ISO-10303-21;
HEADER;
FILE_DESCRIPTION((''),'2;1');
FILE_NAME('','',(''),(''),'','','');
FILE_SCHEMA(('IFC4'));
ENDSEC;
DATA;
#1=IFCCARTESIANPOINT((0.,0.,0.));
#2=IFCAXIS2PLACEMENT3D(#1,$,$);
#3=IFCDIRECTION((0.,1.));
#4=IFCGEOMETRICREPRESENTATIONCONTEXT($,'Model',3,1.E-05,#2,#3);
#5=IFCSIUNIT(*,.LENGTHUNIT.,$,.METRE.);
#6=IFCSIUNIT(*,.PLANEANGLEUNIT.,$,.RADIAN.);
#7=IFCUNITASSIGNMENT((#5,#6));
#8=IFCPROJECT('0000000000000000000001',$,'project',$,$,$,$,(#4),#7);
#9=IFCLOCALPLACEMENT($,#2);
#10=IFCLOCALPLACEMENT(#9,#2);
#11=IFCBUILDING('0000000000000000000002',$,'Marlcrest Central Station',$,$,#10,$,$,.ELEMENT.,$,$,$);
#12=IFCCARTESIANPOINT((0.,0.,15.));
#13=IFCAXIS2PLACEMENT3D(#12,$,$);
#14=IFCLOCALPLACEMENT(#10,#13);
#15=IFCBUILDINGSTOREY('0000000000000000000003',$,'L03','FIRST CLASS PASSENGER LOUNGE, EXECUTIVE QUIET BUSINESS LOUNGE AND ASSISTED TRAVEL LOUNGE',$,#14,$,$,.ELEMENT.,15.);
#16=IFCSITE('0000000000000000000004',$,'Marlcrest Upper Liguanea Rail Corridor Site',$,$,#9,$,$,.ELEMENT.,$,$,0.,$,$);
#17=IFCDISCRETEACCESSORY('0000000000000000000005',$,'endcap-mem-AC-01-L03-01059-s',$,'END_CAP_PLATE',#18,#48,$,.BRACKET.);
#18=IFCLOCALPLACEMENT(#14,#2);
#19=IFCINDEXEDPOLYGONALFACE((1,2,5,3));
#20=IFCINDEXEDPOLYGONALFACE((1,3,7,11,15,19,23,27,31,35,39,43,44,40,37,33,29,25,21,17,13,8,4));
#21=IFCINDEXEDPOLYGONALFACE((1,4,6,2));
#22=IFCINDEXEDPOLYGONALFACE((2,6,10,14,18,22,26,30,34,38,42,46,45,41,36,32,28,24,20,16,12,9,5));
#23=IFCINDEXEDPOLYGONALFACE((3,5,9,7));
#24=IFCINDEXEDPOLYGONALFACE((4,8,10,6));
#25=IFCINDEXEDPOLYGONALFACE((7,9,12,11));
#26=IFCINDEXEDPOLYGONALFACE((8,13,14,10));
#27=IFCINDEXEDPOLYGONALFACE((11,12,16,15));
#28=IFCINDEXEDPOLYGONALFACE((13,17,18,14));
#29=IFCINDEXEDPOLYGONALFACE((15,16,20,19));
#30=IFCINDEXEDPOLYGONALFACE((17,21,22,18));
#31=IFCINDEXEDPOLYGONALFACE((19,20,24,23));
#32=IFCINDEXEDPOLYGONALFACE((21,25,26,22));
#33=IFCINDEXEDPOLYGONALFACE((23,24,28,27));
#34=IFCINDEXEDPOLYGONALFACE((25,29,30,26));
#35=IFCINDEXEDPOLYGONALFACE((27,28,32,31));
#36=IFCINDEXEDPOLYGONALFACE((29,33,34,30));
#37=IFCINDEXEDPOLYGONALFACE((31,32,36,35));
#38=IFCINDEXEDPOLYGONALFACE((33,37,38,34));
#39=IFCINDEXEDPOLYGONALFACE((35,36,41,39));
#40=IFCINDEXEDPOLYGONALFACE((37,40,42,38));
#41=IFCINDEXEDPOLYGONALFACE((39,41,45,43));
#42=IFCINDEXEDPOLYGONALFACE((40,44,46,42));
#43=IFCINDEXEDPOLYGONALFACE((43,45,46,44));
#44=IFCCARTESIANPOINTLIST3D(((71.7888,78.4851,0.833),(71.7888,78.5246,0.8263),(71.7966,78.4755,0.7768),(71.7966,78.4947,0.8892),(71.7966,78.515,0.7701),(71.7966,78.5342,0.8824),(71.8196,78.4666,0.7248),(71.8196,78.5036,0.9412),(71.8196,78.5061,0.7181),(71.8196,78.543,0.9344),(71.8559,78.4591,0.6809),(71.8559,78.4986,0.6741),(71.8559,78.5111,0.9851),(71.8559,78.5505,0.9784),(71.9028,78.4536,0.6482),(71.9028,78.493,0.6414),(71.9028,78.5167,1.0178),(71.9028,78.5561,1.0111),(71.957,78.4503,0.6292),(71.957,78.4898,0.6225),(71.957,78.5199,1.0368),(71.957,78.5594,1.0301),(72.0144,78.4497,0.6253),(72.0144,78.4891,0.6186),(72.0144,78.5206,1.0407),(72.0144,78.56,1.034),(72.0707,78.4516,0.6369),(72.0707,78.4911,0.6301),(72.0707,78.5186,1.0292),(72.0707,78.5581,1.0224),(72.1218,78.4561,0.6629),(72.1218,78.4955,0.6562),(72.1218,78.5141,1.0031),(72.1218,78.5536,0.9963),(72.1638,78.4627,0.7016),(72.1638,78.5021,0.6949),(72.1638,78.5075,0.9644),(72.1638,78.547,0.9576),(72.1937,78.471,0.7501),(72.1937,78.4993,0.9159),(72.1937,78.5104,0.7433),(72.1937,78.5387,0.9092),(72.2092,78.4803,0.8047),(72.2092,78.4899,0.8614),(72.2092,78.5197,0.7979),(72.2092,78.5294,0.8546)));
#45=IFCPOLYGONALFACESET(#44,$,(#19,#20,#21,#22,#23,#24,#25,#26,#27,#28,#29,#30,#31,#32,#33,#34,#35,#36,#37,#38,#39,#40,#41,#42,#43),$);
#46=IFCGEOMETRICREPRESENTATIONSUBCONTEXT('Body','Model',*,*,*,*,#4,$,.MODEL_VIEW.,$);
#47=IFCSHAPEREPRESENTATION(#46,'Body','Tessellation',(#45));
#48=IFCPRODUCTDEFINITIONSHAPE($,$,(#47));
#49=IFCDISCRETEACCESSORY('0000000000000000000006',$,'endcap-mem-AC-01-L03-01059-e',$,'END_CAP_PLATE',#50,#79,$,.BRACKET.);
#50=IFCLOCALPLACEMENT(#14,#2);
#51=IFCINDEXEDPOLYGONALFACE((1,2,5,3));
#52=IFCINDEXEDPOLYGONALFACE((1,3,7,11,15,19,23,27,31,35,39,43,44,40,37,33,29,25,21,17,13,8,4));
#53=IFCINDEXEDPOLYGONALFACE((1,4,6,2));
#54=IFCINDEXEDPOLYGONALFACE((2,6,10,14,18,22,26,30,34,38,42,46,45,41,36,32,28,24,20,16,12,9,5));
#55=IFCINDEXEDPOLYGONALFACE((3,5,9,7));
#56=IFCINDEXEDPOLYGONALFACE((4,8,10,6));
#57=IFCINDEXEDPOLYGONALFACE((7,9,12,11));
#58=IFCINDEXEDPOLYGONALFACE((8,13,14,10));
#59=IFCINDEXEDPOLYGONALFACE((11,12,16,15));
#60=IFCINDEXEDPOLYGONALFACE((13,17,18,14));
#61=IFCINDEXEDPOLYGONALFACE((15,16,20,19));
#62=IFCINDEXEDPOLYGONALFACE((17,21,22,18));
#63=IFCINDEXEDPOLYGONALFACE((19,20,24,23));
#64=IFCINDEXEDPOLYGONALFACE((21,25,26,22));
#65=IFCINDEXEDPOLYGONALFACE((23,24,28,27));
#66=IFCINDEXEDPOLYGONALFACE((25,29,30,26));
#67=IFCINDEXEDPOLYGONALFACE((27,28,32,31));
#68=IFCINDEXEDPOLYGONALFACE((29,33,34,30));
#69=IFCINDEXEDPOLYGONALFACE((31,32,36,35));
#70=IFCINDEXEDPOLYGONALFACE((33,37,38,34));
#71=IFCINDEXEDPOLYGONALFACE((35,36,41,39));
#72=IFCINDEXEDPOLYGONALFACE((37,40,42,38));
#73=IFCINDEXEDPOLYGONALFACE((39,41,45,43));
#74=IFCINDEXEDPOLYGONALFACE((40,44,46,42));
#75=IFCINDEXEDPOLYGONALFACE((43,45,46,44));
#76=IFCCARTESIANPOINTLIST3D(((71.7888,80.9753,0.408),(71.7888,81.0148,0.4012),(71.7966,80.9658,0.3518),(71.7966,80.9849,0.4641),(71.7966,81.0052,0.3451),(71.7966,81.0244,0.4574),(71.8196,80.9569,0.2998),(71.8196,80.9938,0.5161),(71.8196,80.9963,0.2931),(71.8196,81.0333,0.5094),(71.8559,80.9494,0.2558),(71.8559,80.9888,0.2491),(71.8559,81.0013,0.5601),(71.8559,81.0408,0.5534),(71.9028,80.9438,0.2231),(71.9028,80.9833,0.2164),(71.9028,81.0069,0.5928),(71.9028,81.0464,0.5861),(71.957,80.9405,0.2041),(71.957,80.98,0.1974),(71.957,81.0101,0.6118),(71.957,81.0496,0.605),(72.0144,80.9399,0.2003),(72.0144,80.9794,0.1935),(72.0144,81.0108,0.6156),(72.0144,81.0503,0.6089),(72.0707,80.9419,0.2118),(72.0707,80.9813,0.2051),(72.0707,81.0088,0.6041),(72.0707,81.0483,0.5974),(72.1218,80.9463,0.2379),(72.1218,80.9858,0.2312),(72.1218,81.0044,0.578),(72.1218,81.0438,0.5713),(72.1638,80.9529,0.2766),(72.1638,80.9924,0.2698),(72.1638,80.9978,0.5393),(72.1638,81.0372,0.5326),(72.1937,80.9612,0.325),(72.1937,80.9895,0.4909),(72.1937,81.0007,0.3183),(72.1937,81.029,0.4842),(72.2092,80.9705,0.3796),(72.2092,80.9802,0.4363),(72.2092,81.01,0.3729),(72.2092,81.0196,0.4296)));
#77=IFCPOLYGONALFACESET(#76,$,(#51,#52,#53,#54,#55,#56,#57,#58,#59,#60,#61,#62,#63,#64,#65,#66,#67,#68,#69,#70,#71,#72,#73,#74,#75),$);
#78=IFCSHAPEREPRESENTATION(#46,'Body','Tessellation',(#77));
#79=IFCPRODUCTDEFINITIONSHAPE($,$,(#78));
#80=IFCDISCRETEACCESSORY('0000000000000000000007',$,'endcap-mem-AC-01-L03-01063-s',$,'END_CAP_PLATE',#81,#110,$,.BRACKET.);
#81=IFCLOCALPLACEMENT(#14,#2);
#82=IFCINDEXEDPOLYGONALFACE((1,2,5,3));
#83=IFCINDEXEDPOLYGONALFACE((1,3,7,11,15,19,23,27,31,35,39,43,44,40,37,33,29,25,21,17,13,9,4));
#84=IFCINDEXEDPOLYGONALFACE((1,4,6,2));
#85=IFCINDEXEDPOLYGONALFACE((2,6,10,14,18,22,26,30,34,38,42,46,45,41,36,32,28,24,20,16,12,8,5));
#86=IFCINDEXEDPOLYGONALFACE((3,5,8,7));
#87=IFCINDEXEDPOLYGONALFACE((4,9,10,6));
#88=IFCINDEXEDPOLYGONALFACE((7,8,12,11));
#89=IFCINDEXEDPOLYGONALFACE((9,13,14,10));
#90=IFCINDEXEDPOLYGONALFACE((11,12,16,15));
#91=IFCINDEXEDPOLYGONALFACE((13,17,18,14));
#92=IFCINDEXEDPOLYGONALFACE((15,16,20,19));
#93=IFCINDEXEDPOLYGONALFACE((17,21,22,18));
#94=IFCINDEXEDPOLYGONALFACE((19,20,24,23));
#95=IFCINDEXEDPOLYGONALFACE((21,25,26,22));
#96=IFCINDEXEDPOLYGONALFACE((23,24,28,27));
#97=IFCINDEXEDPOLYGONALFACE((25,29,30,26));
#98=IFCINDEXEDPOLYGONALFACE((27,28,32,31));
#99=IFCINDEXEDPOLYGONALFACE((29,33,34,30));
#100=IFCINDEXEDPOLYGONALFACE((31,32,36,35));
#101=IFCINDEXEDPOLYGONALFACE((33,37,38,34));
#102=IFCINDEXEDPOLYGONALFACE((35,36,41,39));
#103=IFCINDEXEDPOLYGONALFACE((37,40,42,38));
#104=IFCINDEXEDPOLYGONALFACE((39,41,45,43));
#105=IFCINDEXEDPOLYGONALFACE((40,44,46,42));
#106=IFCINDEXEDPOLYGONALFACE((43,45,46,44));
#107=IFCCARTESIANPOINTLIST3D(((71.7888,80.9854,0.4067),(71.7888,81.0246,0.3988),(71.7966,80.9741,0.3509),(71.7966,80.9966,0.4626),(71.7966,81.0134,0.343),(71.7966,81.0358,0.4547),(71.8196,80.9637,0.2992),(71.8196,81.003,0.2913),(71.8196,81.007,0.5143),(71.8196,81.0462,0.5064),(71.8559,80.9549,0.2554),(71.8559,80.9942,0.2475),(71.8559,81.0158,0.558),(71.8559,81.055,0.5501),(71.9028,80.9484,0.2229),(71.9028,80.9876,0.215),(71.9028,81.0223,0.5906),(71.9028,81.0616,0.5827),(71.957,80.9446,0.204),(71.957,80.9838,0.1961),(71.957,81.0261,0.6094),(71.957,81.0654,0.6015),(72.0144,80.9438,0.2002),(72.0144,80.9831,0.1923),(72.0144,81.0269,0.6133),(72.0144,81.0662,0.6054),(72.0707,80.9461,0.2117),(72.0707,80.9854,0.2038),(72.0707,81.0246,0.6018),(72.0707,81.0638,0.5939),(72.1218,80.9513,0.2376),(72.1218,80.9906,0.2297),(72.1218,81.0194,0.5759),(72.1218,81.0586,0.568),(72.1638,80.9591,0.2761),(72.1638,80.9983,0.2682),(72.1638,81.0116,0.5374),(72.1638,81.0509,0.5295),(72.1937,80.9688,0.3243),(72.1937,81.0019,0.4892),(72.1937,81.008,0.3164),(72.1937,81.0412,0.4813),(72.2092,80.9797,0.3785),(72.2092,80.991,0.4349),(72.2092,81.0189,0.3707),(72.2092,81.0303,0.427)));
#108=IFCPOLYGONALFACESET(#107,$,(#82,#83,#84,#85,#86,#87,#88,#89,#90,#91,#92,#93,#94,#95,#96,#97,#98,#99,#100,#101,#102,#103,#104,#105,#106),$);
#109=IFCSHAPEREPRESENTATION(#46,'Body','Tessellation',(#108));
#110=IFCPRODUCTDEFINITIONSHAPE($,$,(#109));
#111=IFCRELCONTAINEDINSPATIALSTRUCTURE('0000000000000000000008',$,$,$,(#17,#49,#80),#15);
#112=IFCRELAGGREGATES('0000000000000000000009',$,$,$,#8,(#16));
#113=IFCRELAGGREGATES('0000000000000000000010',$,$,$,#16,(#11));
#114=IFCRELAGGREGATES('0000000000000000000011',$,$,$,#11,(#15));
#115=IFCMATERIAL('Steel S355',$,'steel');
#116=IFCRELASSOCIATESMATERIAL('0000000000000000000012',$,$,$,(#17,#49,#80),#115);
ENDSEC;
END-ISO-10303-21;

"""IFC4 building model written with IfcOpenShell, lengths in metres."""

from ifc_helpers import new_model, si_unit, direction, frame, origin, origin_2d, place, context, subcontext, project, spatial, circle, extrude, material, element, save


model = new_model("IFC4")

# Units and contexts
model_context = context("Model", 3, precision=1e-05, world=origin(), true_north=direction((0.0, 1.0)))
body_context = subcontext(model_context, "Body", "Model", "MODEL_VIEW")
ifc_project = project(units=[si_unit("LENGTHUNIT", "METRE"), si_unit("PLANEANGLEUNIT", "RADIAN")], contexts=[model_context])

# Site, building, storey
site_placement = place(None, origin())
site = spatial("IfcSite", under=ifc_project, at=site_placement, Name="Marlcrest Upper Liguanea Rail Corridor Site", CompositionType="ELEMENT", RefElevation=0.0)
building_placement = place(site_placement, origin())
building = spatial("IfcBuilding", under=site, at=building_placement, Name="Marlcrest Central Station", CompositionType="ELEMENT")
storey_placement = place(building_placement, frame((0.0, 0.0, 15.0)))
storey = spatial("IfcBuildingStorey", under=building, at=storey_placement, Name="L03", Description="FIRST CLASS PASSENGER LOUNGE, EXECUTIVE QUIET BUSINESS LOUNGE AND ASSISTED TRAVEL LOUNGE", CompositionType="ELEMENT", Elevation=15.0)

# Shared definitions
ifc_material_1 = material(Name="Steel S355", Category="steel")

# Discrete accessories
for number, where, z_axis, x_axis, name in (
    (1, (72.0, 78.4851, 0.833), (0.0, 0.985741, -0.168269), (-1.0, 0.0, 0.0), "endcap-mem-AC-01-L03-01059-s"),
    (2, (72.0, 80.9753, 0.408), (0.0, 0.985741, -0.168269), (-1.0, 0.0, 0.0), "endcap-mem-AC-01-L03-01059-e"),
    (3, (72.0, 80.9854, 0.4067), (0.0, 0.980359, -0.197219), (-1.0, 0.0, 0.0), "endcap-mem-AC-01-L03-01063-s"),
):
    element("IfcDiscreteAccessory", number, at=place(storey_placement, frame(where, z_axis=z_axis, x_axis=x_axis)), inside=storey, material=ifc_material_1, Name=name, ObjectType="END_CAP_PLATE", PredefinedType="BRACKET", context=body_context, shape_type="SweptSolid", body=[
        extrude(circle(Radius=0.2112, at=origin_2d()), origin(), (0.0, 0.0, 1.0), 0.04),
    ])

save(model, "model.ifc")
